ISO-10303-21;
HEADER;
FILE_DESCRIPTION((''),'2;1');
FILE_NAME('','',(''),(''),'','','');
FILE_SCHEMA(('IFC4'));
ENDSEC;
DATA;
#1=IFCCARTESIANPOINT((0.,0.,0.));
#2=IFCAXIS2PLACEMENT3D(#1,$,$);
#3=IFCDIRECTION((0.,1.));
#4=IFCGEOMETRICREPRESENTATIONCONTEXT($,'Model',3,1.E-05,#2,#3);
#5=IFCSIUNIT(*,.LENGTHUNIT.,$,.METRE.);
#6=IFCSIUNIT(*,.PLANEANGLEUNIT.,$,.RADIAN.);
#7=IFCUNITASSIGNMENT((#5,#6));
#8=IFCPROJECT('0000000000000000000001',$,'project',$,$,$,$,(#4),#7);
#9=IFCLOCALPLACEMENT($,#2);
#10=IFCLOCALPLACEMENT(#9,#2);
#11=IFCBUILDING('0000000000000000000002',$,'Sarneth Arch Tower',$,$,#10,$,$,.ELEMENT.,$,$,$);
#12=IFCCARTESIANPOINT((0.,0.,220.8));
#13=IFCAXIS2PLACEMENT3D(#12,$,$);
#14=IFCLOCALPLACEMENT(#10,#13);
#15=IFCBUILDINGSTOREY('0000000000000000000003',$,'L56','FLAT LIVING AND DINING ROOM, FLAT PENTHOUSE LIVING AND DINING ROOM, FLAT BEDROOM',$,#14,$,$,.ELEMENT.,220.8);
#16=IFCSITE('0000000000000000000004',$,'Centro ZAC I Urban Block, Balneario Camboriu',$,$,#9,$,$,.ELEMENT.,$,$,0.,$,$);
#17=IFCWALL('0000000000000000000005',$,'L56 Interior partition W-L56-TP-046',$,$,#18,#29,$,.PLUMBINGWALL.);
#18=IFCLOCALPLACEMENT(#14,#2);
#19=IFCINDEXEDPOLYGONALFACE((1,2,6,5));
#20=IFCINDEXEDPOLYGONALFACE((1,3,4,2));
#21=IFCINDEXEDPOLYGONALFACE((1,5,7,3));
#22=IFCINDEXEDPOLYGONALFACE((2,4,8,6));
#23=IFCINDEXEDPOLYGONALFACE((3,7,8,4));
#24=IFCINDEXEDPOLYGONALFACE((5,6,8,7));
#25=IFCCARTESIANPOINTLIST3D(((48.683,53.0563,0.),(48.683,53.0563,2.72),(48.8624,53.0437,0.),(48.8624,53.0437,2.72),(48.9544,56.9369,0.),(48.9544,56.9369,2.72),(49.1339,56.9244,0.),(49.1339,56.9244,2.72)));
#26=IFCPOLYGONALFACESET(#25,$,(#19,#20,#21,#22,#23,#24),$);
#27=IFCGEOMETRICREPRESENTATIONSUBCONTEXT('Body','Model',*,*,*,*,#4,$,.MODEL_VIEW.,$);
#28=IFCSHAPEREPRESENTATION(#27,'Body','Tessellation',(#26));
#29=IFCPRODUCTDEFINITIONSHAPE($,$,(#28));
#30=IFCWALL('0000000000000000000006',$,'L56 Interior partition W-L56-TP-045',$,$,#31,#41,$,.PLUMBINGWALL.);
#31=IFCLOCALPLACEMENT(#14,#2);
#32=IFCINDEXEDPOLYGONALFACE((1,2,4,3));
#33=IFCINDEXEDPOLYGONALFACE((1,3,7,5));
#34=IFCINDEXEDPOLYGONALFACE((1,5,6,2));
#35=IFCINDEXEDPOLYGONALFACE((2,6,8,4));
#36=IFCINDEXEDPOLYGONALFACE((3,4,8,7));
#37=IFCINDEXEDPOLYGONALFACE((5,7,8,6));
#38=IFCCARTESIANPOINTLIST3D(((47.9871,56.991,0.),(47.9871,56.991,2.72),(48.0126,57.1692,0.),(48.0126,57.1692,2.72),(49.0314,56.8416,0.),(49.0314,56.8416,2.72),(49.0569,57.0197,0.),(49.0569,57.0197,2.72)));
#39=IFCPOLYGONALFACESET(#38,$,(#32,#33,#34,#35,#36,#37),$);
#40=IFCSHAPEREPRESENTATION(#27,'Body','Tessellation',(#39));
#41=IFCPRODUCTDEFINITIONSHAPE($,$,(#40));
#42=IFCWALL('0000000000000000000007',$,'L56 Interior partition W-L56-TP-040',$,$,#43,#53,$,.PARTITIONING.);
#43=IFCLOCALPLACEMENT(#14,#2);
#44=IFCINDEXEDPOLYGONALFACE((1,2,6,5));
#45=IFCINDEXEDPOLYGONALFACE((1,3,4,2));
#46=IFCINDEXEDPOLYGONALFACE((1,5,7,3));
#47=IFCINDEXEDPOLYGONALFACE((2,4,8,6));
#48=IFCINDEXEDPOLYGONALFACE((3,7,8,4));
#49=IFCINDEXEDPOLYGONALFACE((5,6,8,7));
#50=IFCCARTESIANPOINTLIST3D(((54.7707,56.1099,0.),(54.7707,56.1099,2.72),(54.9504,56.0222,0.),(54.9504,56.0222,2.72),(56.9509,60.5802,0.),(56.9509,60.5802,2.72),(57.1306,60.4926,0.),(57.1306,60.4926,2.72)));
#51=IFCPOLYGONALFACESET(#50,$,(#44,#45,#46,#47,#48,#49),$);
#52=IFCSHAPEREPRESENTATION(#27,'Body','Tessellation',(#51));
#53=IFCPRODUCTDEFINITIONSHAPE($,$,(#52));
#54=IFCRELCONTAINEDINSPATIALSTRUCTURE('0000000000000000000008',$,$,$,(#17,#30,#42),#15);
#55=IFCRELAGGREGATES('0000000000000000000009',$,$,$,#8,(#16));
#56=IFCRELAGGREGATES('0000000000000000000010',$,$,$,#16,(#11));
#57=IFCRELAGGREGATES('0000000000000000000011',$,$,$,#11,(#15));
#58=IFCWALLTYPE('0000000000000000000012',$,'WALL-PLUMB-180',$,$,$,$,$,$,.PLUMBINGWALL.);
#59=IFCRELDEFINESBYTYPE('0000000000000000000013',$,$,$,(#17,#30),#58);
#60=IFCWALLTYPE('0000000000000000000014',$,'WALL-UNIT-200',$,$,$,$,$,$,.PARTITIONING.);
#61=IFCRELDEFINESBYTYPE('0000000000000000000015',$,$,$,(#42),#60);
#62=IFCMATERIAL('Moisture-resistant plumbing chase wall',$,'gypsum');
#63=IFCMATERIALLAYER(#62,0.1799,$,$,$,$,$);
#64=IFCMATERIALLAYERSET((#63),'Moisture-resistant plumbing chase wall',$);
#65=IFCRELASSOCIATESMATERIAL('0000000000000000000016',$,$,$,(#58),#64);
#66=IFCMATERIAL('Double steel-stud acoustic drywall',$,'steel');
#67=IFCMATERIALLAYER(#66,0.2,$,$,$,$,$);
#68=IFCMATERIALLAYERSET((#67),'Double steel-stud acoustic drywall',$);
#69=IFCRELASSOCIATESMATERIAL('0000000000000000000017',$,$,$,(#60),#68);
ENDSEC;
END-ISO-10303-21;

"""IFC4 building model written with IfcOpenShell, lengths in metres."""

from ifc_helpers import new_model, si_unit, direction, frame, frame_2d, origin, place, context, subcontext, project, spatial, rectangle, extrude, material, layer, layer_set, type_object, element, save


model = new_model("IFC4")

# Units and contexts
model_context = context("Model", 3, precision=1e-05, world=origin(), true_north=direction((0.0, 1.0)))
body_context = subcontext(model_context, "Body", "Model", "MODEL_VIEW")
ifc_project = project(units=[si_unit("LENGTHUNIT", "METRE"), si_unit("PLANEANGLEUNIT", "RADIAN")], contexts=[model_context])

# Site, building, storey
site_placement = place(None, origin())
site = spatial("IfcSite", under=ifc_project, at=site_placement, Name="Centro ZAC I Urban Block, Balneario Camboriu", CompositionType="ELEMENT", RefElevation=0.0)
building_placement = place(site_placement, origin())
building = spatial("IfcBuilding", under=site, at=building_placement, Name="Sarneth Arch Tower", CompositionType="ELEMENT")
storey_placement = place(building_placement, frame((0.0, 0.0, 220.8)))
storey = spatial("IfcBuildingStorey", under=building, at=storey_placement, Name="L56", Description="FLAT LIVING AND DINING ROOM, FLAT PENTHOUSE LIVING AND DINING ROOM, FLAT BEDROOM", CompositionType="ELEMENT", Elevation=220.8)

# Walls
ifc_material_1 = material(Name="Moisture-resistant plumbing chase wall", Category="gypsum")
ifc_layer_1 = layer(ifc_material_1, 0.1799)
ifc_layer_set_1 = layer_set([ifc_layer_1], Name="Moisture-resistant plumbing chase wall")
wall_type_1 = type_object("IfcWallType", Name="WALL-PLUMB-180", PredefinedType="PLUMBINGWALL", material=ifc_layer_set_1)
wall_1_placement = place(storey_placement, frame((49.0442, 56.9307, 0.0), z_axis=(0.0, 0.0, 1.0), x_axis=(-0.069789, -0.997562, 0.0)))
element("IfcWall", 1, at=wall_1_placement, inside=storey, type_object=wall_type_1, Name="L56 Interior partition W-L56-TP-046", PredefinedType="PLUMBINGWALL", context=body_context, shape_type="SweptSolid", body=[
    extrude(rectangle(XDim=3.8901, YDim=0.1799, at=frame_2d((1.9451, 0.0))), origin(), (0.0, 0.0, 1.0), 2.72),
])
wall_2_placement = place(storey_placement, frame((48.0, 57.0801, 0.0), z_axis=(0.0, 0.0, 1.0), x_axis=(0.989917, -0.141648, 0.0)))
element("IfcWall", 2, at=wall_2_placement, inside=storey, type_object=wall_type_1, Name="L56 Interior partition W-L56-TP-045", PredefinedType="PLUMBINGWALL", context=body_context, shape_type="SweptSolid", body=[
    extrude(rectangle(XDim=1.0549, YDim=0.1799, at=frame_2d((0.5273, 0.0))), origin(), (0.0, 0.0, 1.0), 2.72),
])
ifc_material_2 = material(Name="Double steel-stud acoustic drywall", Category="steel")
ifc_layer_2 = layer(ifc_material_2, 0.2)
ifc_layer_set_2 = layer_set([ifc_layer_2], Name="Double steel-stud acoustic drywall")
wall_type_2 = type_object("IfcWallType", Name="WALL-UNIT-200", PredefinedType="PARTITIONING", material=ifc_layer_set_2)
wall_3_placement = place(storey_placement, frame((57.0408, 60.5364, 0.0), z_axis=(0.0, 0.0, 1.0), x_axis=(-0.438356, -0.898801, 0.0)))
element("IfcWall", 3, at=wall_3_placement, inside=storey, type_object=wall_type_2, Name="L56 Interior partition W-L56-TP-040", PredefinedType="PARTITIONING", context=body_context, shape_type="SweptSolid", body=[
    extrude(rectangle(XDim=4.9736, YDim=0.2, at=frame_2d((2.4868, 0.0))), origin(), (0.0, 0.0, 1.0), 2.72),
])

save(model, "model.ifc")
